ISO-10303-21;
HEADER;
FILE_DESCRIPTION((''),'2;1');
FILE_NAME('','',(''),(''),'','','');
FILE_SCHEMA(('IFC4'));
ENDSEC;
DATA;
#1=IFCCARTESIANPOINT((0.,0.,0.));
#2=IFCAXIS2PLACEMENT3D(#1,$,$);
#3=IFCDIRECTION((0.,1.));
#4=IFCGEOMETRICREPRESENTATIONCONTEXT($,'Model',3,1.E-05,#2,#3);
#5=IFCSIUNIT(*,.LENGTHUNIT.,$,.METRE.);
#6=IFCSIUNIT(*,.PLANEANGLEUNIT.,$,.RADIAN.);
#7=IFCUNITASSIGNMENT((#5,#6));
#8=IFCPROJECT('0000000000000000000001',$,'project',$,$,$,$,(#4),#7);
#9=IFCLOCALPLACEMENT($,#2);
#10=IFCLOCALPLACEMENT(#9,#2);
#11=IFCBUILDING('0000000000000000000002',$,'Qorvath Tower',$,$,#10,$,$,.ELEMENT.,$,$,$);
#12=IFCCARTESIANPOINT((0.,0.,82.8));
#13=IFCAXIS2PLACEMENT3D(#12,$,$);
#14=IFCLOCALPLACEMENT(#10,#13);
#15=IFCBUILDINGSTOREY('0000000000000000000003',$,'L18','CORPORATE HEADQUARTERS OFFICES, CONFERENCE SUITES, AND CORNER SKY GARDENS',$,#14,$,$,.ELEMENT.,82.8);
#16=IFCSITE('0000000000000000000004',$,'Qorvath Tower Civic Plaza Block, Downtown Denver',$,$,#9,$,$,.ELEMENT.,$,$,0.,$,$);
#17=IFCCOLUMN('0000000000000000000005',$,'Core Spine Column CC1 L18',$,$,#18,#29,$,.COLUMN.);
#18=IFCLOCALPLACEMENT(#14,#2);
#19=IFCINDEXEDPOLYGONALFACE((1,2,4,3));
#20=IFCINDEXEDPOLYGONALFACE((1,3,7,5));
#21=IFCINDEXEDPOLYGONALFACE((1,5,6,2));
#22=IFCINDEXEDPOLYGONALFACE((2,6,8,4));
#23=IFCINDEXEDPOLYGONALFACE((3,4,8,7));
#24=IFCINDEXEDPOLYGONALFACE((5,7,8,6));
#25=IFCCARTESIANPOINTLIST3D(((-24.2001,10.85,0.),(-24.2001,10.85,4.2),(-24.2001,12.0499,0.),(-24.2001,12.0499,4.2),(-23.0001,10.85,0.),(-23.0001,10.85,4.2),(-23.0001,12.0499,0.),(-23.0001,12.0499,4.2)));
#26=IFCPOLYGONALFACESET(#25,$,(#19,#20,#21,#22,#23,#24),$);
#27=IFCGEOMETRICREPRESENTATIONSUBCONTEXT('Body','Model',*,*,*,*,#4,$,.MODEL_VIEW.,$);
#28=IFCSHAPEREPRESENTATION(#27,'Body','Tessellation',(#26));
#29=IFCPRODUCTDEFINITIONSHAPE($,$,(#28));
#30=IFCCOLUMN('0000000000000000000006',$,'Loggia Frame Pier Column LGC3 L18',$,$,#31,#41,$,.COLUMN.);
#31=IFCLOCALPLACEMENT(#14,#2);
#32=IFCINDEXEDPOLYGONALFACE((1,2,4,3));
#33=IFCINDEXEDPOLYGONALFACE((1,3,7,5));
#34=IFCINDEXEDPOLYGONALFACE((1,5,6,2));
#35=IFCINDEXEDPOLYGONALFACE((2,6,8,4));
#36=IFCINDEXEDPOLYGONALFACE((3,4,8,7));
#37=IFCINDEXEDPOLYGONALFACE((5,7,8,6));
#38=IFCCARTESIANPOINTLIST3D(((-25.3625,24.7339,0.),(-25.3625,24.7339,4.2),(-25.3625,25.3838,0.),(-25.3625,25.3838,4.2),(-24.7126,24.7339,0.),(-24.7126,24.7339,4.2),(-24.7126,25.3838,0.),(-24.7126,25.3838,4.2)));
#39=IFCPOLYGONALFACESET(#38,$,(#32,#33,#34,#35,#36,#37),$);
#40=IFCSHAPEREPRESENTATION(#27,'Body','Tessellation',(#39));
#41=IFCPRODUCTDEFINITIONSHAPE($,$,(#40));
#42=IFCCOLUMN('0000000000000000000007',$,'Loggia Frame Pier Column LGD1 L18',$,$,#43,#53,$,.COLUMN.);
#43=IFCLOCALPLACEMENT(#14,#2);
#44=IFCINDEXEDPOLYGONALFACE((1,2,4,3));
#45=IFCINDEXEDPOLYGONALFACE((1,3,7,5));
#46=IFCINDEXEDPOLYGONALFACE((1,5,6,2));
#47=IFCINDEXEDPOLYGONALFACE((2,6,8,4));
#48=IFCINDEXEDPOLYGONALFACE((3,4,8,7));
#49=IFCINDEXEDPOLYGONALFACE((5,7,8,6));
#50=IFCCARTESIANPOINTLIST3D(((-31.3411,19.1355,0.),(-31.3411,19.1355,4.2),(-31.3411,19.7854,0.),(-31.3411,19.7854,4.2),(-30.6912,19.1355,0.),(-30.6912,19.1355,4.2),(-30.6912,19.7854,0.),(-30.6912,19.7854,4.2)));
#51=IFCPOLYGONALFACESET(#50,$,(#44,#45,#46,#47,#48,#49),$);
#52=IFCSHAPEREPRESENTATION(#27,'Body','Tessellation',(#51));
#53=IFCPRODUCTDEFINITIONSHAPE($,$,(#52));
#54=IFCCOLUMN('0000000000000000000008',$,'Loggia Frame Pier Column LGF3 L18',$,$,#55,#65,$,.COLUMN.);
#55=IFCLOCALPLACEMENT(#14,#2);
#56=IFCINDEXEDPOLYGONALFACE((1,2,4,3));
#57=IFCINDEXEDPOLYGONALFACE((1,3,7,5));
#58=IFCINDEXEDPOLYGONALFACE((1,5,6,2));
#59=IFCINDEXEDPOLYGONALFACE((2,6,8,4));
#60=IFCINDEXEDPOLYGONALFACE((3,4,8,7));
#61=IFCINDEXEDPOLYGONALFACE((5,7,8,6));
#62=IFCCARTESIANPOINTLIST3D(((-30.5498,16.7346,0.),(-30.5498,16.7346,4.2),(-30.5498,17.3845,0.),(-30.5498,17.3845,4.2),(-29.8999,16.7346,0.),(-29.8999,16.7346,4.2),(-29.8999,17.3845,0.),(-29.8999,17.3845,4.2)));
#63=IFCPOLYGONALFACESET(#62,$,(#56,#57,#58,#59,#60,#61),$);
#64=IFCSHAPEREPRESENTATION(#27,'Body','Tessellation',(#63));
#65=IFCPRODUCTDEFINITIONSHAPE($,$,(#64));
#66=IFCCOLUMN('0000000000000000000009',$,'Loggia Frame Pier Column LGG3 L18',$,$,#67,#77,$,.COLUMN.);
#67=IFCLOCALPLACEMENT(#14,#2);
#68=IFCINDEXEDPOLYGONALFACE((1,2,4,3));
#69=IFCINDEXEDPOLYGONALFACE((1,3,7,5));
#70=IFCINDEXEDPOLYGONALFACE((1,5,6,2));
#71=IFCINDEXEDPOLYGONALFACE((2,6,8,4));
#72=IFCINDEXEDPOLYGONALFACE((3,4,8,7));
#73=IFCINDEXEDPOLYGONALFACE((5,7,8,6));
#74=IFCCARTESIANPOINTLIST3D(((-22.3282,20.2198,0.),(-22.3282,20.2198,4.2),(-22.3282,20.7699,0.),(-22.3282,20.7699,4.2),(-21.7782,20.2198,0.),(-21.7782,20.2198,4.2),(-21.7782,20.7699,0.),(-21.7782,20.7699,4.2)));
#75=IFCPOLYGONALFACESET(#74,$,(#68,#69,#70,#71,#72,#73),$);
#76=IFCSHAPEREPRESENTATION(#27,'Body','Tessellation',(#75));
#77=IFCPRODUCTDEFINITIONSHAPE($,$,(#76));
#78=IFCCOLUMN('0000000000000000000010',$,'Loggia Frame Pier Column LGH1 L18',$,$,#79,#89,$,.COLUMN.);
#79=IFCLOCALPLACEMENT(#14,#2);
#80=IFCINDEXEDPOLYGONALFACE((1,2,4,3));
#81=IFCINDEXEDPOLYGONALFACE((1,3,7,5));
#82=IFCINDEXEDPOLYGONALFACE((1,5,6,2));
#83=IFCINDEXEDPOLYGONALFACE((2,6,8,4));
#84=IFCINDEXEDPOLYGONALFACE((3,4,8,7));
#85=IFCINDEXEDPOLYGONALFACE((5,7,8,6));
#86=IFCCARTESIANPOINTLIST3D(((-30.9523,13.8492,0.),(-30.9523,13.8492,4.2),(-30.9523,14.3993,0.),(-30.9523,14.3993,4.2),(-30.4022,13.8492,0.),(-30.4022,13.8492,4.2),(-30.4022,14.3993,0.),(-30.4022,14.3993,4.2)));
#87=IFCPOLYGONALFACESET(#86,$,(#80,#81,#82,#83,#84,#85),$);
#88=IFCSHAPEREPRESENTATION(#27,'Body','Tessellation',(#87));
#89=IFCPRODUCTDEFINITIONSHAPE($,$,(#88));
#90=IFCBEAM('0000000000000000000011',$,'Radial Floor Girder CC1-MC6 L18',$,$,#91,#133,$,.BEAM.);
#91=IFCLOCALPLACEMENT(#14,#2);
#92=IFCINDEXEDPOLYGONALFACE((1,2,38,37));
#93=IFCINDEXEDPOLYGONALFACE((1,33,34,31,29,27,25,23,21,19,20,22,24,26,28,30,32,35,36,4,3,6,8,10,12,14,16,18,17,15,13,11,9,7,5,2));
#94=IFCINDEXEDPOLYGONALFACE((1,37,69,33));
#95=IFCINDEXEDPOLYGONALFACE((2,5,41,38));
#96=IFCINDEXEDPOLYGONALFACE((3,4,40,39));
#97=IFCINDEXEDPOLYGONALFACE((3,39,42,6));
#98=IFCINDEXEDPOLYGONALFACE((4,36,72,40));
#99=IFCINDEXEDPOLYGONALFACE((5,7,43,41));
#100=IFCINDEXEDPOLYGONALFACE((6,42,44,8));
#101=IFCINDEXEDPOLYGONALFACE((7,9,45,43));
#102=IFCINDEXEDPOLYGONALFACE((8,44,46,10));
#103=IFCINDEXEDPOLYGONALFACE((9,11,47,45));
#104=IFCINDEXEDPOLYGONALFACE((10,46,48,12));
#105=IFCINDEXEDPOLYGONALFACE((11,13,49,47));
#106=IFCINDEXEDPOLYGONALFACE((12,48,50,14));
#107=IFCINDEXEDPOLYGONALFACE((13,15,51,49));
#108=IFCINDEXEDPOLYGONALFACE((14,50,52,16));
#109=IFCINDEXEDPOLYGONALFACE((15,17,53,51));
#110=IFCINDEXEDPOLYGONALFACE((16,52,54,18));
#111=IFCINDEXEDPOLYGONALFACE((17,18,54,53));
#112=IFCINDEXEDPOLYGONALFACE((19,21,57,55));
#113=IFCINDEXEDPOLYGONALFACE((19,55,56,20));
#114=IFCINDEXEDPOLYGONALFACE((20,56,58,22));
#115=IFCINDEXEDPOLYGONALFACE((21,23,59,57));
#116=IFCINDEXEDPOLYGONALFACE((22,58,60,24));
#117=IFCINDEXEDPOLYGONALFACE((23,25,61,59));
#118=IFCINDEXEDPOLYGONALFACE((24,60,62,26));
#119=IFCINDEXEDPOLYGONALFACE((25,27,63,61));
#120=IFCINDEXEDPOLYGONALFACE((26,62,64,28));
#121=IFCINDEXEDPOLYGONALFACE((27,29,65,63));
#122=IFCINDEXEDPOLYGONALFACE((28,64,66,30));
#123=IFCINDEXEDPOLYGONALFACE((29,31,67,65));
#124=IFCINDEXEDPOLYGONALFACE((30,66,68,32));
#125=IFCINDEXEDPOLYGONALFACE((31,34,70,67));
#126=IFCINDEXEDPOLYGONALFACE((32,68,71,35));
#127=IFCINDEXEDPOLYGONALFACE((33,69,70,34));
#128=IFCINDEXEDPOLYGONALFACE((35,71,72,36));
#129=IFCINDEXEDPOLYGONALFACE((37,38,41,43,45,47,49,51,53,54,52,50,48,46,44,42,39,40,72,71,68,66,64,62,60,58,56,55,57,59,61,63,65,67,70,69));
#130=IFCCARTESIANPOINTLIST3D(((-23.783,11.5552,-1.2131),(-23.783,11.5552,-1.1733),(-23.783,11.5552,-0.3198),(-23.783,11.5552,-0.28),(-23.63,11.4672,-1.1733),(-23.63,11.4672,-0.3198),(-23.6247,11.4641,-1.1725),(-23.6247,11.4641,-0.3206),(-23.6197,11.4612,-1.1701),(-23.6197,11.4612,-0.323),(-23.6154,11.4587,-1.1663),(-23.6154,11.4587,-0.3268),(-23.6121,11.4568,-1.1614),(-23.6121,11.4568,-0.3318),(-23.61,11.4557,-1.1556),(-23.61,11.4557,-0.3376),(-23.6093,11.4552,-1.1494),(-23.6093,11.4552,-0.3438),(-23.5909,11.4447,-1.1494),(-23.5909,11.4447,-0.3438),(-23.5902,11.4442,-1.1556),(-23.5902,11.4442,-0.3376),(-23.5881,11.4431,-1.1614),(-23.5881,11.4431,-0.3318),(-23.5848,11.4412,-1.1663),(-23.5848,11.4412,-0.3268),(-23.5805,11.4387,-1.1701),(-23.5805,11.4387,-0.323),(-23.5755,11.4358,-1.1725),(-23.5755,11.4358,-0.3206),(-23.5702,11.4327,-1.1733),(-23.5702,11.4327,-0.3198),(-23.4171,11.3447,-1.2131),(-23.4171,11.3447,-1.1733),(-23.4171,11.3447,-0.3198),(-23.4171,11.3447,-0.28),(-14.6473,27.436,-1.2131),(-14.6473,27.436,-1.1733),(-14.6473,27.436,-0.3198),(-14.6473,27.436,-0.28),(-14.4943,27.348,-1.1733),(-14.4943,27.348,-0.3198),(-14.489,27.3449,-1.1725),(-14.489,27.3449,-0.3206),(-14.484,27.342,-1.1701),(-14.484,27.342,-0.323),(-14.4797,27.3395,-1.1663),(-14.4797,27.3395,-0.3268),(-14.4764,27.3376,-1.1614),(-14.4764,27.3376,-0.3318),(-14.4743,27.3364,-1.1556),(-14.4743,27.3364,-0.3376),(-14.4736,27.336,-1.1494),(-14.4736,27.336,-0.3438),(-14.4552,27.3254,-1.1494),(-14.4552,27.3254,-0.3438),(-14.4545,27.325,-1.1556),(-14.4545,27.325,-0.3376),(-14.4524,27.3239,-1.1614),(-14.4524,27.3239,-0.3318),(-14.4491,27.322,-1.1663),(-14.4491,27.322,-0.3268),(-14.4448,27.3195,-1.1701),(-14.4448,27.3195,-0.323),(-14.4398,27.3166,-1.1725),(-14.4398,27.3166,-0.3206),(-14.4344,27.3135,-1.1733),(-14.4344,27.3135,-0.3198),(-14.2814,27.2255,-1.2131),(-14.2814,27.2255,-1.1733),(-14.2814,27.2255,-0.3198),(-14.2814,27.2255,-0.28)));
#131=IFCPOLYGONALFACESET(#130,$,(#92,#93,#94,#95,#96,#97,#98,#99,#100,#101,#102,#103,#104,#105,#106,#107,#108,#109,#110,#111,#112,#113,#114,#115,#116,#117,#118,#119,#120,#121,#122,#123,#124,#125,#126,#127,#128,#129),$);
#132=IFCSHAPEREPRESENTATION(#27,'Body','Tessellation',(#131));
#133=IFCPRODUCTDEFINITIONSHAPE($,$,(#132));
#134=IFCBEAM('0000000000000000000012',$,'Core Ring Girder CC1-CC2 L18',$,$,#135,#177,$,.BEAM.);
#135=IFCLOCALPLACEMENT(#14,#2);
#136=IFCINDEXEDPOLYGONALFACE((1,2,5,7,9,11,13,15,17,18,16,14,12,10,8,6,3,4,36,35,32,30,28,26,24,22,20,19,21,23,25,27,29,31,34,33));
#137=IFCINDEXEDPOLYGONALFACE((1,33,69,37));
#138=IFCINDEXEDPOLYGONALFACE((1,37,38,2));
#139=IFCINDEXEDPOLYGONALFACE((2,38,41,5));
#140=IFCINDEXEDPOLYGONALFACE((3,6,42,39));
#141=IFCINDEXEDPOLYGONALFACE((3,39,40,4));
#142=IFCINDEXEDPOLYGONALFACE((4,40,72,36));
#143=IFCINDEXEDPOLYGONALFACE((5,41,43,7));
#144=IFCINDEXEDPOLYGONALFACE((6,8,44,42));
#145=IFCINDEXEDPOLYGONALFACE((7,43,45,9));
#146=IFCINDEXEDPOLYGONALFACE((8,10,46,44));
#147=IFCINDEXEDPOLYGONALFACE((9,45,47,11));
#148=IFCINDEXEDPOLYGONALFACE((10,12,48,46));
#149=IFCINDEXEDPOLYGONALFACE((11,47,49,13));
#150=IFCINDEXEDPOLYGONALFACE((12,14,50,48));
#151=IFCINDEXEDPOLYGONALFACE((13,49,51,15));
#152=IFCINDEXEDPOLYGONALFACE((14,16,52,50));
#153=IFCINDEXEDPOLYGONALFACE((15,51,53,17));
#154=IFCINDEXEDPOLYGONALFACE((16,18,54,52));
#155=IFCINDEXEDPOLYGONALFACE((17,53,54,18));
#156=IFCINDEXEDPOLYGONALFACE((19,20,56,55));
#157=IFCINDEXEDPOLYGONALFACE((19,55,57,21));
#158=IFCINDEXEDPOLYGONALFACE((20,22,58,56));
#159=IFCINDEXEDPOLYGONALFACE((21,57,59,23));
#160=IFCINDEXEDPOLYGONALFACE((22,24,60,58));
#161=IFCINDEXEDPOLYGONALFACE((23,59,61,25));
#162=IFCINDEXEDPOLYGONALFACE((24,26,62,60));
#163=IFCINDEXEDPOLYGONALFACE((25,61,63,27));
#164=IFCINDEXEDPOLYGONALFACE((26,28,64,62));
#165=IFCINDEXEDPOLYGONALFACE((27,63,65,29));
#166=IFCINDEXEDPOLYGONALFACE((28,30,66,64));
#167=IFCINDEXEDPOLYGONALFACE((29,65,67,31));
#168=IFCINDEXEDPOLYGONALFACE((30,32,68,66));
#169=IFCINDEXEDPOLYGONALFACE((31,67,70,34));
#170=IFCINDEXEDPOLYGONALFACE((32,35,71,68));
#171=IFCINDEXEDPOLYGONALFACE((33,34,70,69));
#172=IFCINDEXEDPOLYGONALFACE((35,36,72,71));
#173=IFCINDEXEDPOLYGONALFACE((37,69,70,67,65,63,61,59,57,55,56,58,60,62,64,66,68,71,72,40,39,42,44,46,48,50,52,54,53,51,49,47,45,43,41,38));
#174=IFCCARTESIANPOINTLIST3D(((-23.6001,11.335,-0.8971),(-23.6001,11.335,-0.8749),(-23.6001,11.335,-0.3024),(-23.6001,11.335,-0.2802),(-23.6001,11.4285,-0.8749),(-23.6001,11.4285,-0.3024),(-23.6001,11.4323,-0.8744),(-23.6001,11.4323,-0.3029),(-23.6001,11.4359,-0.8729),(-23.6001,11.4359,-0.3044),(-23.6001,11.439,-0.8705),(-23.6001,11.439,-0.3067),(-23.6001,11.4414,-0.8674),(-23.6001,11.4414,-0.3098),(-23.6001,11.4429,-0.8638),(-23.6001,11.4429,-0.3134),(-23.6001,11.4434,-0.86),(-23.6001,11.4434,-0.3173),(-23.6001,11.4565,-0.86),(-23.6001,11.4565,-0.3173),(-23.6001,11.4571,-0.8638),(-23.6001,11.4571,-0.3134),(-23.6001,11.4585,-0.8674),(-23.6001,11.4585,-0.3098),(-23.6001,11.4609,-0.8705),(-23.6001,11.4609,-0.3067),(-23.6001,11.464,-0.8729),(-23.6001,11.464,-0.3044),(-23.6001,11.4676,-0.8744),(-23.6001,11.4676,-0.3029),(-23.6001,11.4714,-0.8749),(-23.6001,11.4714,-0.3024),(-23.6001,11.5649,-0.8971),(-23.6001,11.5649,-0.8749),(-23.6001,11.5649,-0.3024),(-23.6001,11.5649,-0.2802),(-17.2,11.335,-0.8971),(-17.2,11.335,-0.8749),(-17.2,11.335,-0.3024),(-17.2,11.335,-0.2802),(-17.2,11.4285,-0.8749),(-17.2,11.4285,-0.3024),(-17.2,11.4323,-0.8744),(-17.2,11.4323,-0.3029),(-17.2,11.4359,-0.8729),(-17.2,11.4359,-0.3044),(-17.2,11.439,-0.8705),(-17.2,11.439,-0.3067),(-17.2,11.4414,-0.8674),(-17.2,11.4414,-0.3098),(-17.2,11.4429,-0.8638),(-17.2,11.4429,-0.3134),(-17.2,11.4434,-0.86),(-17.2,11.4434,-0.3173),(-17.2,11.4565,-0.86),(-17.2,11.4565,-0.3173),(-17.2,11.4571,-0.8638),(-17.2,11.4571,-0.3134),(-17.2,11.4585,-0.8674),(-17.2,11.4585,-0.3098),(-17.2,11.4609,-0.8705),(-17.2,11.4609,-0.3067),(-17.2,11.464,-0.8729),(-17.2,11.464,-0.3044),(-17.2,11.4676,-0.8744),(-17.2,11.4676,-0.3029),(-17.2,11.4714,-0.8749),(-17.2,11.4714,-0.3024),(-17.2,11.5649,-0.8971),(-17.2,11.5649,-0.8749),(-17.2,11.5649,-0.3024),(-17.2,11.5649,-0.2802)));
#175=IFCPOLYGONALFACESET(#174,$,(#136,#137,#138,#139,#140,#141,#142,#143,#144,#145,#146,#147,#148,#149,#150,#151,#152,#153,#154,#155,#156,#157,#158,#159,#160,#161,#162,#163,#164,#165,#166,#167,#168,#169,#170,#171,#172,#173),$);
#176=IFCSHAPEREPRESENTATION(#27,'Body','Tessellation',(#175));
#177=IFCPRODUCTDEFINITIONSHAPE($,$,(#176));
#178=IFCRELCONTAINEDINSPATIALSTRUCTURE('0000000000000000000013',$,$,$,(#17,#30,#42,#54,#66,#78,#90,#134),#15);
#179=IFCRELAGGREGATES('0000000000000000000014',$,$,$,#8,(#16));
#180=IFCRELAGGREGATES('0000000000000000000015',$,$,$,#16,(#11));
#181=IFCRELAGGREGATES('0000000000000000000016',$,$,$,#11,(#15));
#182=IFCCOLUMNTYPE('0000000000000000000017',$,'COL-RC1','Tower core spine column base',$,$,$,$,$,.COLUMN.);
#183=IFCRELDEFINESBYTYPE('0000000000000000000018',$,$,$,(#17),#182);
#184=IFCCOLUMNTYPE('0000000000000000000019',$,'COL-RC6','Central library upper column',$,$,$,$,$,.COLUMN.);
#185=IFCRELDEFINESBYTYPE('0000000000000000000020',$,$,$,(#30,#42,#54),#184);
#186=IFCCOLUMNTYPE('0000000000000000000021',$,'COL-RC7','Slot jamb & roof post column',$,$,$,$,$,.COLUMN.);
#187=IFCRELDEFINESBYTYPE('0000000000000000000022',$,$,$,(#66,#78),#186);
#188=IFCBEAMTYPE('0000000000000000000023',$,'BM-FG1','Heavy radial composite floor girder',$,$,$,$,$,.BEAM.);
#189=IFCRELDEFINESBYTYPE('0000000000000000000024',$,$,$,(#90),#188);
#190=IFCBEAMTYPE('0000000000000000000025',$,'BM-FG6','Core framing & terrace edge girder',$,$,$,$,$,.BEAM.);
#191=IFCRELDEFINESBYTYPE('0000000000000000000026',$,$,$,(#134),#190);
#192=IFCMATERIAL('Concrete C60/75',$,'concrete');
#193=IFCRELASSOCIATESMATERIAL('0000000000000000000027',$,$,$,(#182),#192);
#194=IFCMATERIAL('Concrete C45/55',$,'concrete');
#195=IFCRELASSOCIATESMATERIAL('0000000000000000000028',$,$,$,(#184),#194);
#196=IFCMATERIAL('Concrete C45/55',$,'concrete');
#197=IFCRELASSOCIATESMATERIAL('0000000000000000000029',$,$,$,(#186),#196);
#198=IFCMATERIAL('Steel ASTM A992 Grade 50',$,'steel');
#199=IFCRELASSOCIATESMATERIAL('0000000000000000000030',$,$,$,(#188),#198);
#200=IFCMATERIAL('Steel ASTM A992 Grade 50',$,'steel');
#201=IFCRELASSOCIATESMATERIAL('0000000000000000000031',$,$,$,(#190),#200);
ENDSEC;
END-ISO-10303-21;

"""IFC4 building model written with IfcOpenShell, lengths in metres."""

from ifc_helpers import new_model, si_unit, direction, frame, origin, origin_2d, place, context, subcontext, project, spatial, rectangle, i_section, extrude, material, material_profile, profile_set, type_object, element, save


model = new_model("IFC4")

# Units and contexts
model_context = context("Model", 3, precision=1e-05, world=origin(), true_north=direction((0.0, 1.0)))
body_context = subcontext(model_context, "Body", "Model", "MODEL_VIEW")
ifc_project = project(units=[si_unit("LENGTHUNIT", "METRE"), si_unit("PLANEANGLEUNIT", "RADIAN")], contexts=[model_context])

# Site, building, storey
site_placement = place(None, origin())
site = spatial("IfcSite", under=ifc_project, at=site_placement, Name="Qorvath Tower Civic Plaza Block, Downtown Denver", CompositionType="ELEMENT", RefElevation=0.0)
building_placement = place(site_placement, origin())
building = spatial("IfcBuilding", under=site, at=building_placement, Name="Qorvath Tower", CompositionType="ELEMENT")
storey_placement = place(building_placement, frame((0.0, 0.0, 82.8)))
storey = spatial("IfcBuildingStorey", under=building, at=storey_placement, Name="L18", Description="CORPORATE HEADQUARTERS OFFICES, CONFERENCE SUITES, AND CORNER SKY GARDENS", CompositionType="ELEMENT", Elevation=82.8)

# Columns
ifc_material_1 = material(Name="Concrete C60/75", Category="concrete")
ifc_material_profile_1 = material_profile(ifc_material_1, rectangle(XDim=1.2, YDim=1.2, at=origin_2d()), Name="RC 1200x1200")
ifc_profile_set_1 = profile_set([ifc_material_profile_1], Name="Concrete C60/75")
column_type_1 = type_object("IfcColumnType", Name="COL-RC1", Description="Tower core spine column base", PredefinedType="COLUMN", material=ifc_profile_set_1)
column_placement = place(storey_placement, frame((-23.6001, 11.45, 0.0), z_axis=(0.0, 0.0, 1.0), x_axis=(1.0, 0.0, 0.0)))
element("IfcColumn", 1, at=column_placement, inside=storey, type_object=column_type_1, Name="Core Spine Column CC1 L18", PredefinedType="COLUMN", context=body_context, shape_type="SweptSolid", body=[
    extrude(rectangle(XDim=1.2, YDim=1.2, at=origin_2d()), origin(), (0.0, 0.0, 1.0), 4.2),
])
ifc_material_2 = material(Name="Concrete C45/55", Category="concrete")
ifc_material_profile_2 = material_profile(ifc_material_2, rectangle(XDim=0.6499, YDim=0.6499, at=origin_2d()), Name="RC 650x650")
ifc_profile_set_2 = profile_set([ifc_material_profile_2], Name="Concrete C45/55")
column_type_2 = type_object("IfcColumnType", Name="COL-RC6", Description="Central library upper column", PredefinedType="COLUMN", material=ifc_profile_set_2)
for number, where, z_axis, x_axis, name in (
    (2, (-25.0376, 25.0588, 0.0), (0.0, 0.0, 1.0), (1.0, 0.0, 0.0), "Loggia Frame Pier Column LGC3 L18"),
    (3, (-31.0161, 19.4604, 0.0), (0.0, 0.0, 1.0), (1.0, 0.0, 0.0), "Loggia Frame Pier Column LGD1 L18"),
    (4, (-30.2249, 17.0596, 0.0), (0.0, 0.0, 1.0), (1.0, 0.0, 0.0), "Loggia Frame Pier Column LGF3 L18"),
):
    element("IfcColumn", number, at=place(storey_placement, frame(where, z_axis=z_axis, x_axis=x_axis)), inside=storey, type_object=column_type_2, Name=name, PredefinedType="COLUMN", context=body_context, shape_type="SweptSolid", body=[
        extrude(rectangle(XDim=0.6499, YDim=0.6499, at=origin_2d()), origin(), (0.0, 0.0, 1.0), 4.2),
    ])
ifc_material_3 = material(Name="Concrete C45/55", Category="concrete")
ifc_material_profile_3 = material_profile(ifc_material_3, rectangle(XDim=0.55, YDim=0.55, at=origin_2d()), Name="RC 550x550")
ifc_profile_set_3 = profile_set([ifc_material_profile_3], Name="Concrete C45/55")
column_type_3 = type_object("IfcColumnType", Name="COL-RC7", Description="Slot jamb & roof post column", PredefinedType="COLUMN", material=ifc_profile_set_3)
for number, where, z_axis, x_axis, name in (
    (5, (-22.0532, 20.4949, 0.0), (0.0, 0.0, 1.0), (1.0, 0.0, 0.0), "Loggia Frame Pier Column LGG3 L18"),
    (6, (-30.6772, 14.1243, 0.0), (0.0, 0.0, 1.0), (1.0, 0.0, 0.0), "Loggia Frame Pier Column LGH1 L18"),
):
    element("IfcColumn", number, at=place(storey_placement, frame(where, z_axis=z_axis, x_axis=x_axis)), inside=storey, type_object=column_type_3, Name=name, PredefinedType="COLUMN", context=body_context, shape_type="SweptSolid", body=[
        extrude(rectangle(XDim=0.55, YDim=0.55, at=origin_2d()), origin(), (0.0, 0.0, 1.0), 4.2),
    ])

# Beams
ifc_material_4 = material(Name="Steel ASTM A992 Grade 50", Category="steel")
ifc_material_profile_4 = material_profile(ifc_material_4, i_section(OverallWidth=0.4221, OverallDepth=0.9331, WebThickness=0.0212, FlangeThickness=0.0398, FilletRadius=0.0239, at=origin_2d()), Name="W36x262")
ifc_profile_set_4 = profile_set([ifc_material_profile_4], Name="Steel ASTM A992 Grade 50")
beam_type_1 = type_object("IfcBeamType", Name="BM-FG1", Description="Heavy radial composite floor girder", PredefinedType="BEAM", material=ifc_profile_set_4)
beam_1_placement = place(storey_placement, frame((-23.6001, 11.45, -0.7466), z_axis=(0.498645, 0.866806, 0.0), x_axis=(-0.866806, 0.498645, 0.0)))
element("IfcBeam", 7, at=beam_1_placement, inside=storey, type_object=beam_type_1, Name="Radial Floor Girder CC1-MC6 L18", PredefinedType="BEAM", context=body_context, shape_type="SweptSolid", body=[
    extrude(i_section(OverallWidth=0.4221, OverallDepth=0.9331, WebThickness=0.0212, FlangeThickness=0.0398, FilletRadius=0.0239, at=origin_2d()), origin(), (0.0, 0.0, 1.0), 18.321),
])
ifc_material_5 = material(Name="Steel ASTM A992 Grade 50", Category="steel")
ifc_material_profile_5 = material_profile(ifc_material_5, i_section(OverallWidth=0.23, OverallDepth=0.6169, WebThickness=0.0132, FlangeThickness=0.0222, FilletRadius=0.0149, at=origin_2d()), Name="W24x94")
ifc_profile_set_5 = profile_set([ifc_material_profile_5], Name="Steel ASTM A992 Grade 50")
beam_type_2 = type_object("IfcBeamType", Name="BM-FG6", Description="Core framing & terrace edge girder", PredefinedType="BEAM", material=ifc_profile_set_5)
beam_2_placement = place(storey_placement, frame((-23.6001, 11.45, -0.5886), z_axis=(1.0, 0.0, 0.0), x_axis=(0.0, 1.0, 0.0)))
element("IfcBeam", 8, at=beam_2_placement, inside=storey, type_object=beam_type_2, Name="Core Ring Girder CC1-CC2 L18", PredefinedType="BEAM", context=body_context, shape_type="SweptSolid", body=[
    extrude(i_section(OverallWidth=0.23, OverallDepth=0.6169, WebThickness=0.0132, FlangeThickness=0.0222, FilletRadius=0.0149, at=origin_2d()), origin(), (0.0, 0.0, 1.0), 6.4001),
])

save(model, "model.ifc")
